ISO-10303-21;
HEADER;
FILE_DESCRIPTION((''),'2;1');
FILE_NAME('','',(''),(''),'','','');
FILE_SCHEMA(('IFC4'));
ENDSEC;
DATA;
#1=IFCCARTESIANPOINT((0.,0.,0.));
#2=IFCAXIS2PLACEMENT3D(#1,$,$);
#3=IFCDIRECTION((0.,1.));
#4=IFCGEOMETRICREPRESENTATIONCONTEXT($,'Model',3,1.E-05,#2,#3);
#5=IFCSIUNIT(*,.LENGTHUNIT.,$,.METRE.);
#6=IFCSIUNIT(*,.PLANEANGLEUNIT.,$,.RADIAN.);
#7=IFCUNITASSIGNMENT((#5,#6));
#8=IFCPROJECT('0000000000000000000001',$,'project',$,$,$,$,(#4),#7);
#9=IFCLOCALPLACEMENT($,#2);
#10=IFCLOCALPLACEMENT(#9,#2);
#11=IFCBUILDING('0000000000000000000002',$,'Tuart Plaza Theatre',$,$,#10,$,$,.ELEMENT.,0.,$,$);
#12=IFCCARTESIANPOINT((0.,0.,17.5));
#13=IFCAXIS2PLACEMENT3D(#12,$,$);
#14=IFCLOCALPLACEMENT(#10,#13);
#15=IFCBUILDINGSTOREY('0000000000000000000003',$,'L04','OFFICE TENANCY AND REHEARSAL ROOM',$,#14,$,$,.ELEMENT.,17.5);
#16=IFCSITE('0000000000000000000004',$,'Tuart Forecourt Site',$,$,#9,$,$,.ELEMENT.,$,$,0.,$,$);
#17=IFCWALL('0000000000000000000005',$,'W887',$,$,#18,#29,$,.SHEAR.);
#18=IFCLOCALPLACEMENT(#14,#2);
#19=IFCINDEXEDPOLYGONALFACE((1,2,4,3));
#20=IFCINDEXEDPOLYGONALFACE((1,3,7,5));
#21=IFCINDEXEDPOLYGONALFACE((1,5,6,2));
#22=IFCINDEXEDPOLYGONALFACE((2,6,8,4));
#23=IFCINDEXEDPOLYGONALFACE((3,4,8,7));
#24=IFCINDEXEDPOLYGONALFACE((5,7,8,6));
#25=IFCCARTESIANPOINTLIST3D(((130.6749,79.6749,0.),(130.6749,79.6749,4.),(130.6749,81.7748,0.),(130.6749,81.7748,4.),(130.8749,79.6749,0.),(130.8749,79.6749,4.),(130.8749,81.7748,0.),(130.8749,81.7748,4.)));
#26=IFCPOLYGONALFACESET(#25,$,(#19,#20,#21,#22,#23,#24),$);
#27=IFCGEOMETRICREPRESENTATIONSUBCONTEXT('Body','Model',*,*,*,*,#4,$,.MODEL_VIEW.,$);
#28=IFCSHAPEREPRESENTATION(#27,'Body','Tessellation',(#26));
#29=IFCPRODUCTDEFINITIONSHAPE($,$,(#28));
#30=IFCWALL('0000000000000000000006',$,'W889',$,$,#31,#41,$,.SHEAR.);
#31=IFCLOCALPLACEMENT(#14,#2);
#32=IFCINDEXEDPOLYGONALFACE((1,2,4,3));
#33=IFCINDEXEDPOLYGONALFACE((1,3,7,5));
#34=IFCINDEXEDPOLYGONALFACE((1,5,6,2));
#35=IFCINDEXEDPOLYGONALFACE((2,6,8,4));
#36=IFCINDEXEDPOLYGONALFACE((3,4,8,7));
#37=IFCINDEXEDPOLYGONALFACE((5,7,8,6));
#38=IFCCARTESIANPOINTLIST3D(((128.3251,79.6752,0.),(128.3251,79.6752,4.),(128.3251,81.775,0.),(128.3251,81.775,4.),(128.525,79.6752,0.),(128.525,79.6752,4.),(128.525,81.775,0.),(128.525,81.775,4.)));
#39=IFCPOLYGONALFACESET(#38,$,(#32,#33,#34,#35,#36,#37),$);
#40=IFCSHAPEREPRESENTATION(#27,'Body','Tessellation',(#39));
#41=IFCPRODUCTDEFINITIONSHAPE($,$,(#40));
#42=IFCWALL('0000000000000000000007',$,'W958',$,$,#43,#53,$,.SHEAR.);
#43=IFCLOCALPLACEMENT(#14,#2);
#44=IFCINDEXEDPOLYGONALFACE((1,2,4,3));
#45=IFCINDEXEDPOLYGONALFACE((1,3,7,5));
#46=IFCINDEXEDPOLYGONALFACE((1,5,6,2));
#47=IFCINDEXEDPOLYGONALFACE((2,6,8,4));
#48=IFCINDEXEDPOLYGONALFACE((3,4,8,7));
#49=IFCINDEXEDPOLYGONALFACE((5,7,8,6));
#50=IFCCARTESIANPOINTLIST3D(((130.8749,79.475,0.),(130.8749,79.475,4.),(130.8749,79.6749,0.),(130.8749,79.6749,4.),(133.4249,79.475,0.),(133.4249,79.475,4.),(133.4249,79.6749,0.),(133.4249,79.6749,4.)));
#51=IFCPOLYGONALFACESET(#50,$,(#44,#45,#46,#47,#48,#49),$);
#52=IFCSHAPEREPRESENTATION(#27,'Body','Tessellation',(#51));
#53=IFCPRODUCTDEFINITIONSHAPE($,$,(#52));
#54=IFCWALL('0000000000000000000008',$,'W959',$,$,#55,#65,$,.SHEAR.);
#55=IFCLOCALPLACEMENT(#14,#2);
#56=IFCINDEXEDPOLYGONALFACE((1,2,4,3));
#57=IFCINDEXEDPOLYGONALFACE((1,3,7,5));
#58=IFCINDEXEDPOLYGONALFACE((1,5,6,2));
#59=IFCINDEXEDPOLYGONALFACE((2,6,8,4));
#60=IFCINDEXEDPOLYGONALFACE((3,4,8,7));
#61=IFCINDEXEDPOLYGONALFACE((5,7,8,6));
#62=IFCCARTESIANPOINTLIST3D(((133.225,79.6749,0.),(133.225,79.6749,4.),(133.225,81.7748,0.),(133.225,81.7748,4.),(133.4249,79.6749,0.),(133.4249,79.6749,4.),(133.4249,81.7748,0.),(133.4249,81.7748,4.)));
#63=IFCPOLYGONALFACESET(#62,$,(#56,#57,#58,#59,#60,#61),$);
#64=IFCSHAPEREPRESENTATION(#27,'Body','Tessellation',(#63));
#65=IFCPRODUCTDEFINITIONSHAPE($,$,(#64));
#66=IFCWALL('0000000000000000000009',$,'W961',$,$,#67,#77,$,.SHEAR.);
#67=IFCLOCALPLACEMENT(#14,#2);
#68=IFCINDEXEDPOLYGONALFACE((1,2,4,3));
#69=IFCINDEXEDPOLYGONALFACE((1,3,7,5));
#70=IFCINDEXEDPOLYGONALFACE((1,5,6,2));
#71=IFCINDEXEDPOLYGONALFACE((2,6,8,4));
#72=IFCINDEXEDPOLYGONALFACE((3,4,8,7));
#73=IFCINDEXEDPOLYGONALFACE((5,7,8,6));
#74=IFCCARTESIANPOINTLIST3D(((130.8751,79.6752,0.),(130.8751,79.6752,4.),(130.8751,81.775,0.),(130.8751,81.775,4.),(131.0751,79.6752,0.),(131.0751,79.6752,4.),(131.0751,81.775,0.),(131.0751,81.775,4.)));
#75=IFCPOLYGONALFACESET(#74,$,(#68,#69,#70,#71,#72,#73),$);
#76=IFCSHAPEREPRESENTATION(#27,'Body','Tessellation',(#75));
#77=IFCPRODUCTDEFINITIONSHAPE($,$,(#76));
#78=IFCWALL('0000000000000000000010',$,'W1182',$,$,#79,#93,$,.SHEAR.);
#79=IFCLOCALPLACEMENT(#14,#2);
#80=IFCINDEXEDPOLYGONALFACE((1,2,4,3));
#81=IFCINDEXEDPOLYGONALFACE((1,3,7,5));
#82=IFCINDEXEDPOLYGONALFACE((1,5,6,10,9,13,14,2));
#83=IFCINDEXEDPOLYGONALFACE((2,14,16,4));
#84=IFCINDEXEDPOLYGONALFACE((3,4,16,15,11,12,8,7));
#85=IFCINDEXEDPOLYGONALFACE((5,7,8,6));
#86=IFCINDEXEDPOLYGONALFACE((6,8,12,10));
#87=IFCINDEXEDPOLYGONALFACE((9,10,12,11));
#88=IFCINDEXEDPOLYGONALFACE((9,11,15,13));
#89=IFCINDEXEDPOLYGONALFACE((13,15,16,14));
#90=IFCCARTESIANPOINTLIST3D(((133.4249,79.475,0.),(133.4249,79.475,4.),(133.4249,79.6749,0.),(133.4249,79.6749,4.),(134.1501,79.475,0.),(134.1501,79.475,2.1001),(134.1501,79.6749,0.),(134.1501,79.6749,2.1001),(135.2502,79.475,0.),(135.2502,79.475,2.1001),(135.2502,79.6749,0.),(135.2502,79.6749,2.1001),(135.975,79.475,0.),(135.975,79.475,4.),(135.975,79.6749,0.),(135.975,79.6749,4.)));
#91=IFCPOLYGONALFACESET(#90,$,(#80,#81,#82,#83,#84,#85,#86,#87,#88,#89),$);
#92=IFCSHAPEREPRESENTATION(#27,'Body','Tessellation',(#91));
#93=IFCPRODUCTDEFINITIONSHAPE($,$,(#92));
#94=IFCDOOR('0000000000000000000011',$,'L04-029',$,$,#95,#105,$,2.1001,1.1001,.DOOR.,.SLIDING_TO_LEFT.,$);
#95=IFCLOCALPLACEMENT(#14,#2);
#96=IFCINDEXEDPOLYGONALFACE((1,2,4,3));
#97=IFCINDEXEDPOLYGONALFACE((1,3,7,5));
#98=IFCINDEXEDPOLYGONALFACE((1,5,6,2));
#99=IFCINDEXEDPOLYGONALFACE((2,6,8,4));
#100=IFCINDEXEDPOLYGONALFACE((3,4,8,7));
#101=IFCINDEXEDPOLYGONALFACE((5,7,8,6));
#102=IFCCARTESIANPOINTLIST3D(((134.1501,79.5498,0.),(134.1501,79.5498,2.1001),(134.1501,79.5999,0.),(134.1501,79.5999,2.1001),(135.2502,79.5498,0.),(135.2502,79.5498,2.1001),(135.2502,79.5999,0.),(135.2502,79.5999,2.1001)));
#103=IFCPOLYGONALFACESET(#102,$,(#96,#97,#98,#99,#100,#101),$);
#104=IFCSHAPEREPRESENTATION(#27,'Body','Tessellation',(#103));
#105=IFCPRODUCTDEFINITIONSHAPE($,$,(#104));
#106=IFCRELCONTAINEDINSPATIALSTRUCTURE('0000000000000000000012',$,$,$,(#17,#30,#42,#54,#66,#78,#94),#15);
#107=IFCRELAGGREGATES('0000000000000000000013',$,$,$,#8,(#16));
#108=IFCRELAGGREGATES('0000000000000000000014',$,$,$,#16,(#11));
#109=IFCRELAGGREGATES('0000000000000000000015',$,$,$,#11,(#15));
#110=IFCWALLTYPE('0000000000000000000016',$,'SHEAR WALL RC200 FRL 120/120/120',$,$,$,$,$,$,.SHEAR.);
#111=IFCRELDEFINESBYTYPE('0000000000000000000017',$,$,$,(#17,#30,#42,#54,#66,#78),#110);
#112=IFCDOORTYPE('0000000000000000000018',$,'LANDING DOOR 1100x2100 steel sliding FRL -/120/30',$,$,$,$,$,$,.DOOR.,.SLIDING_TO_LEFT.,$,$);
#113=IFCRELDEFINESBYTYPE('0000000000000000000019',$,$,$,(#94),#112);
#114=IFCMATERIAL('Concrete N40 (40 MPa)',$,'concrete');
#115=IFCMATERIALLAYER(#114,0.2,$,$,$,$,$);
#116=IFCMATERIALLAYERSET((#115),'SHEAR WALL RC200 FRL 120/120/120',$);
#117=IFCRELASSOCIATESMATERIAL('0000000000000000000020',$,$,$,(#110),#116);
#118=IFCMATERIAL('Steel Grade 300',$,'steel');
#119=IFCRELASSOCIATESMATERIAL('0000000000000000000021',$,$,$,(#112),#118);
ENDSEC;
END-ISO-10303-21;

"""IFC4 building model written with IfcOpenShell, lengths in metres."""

from ifc_helpers import new_model, si_unit, direction, frame, frame_2d, origin, place, context, subcontext, project, spatial, rectangle, extrude, material, layer, layer_set, type_object, element, fill, save


model = new_model("IFC4")

# Units and contexts
model_context = context("Model", 3, precision=1e-05, world=origin(), true_north=direction((0.0, 1.0)))
body_context = subcontext(model_context, "Body", "Model", "MODEL_VIEW")
ifc_project = project(units=[si_unit("LENGTHUNIT", "METRE"), si_unit("PLANEANGLEUNIT", "RADIAN")], contexts=[model_context])

# Site, building, storey
site_placement = place(None, origin())
site = spatial("IfcSite", under=ifc_project, at=site_placement, Name="Tuart Forecourt Site", CompositionType="ELEMENT", RefElevation=0.0)
building_placement = place(site_placement, origin())
building = spatial("IfcBuilding", under=site, at=building_placement, Name="Tuart Plaza Theatre", CompositionType="ELEMENT", ElevationOfRefHeight=0.0)
storey_placement = place(building_placement, frame((0.0, 0.0, 17.5)))
storey = spatial("IfcBuildingStorey", under=building, at=storey_placement, Name="L04", Description="OFFICE TENANCY AND REHEARSAL ROOM", CompositionType="ELEMENT", Elevation=17.5)

# Walls
ifc_material_1 = material(Name="Concrete N40 (40 MPa)", Category="concrete")
ifc_layer_1 = layer(ifc_material_1, 0.2)
ifc_layer_set_1 = layer_set([ifc_layer_1], Name="SHEAR WALL RC200 FRL 120/120/120")
wall_type_1 = type_object("IfcWallType", Name="SHEAR WALL RC200 FRL 120/120/120", PredefinedType="SHEAR", material=ifc_layer_set_1)
for number, where, z_axis, x_axis, name in (
    (1, (130.7749, 79.675, 0.0), (0.0, 0.0, 1.0), (0.0, 1.0, 0.0), "W887"),
    (2, (128.425, 81.7749, 0.0), (0.0, 0.0, 1.0), (0.0, -1.0, 0.0), "W889"),
):
    element("IfcWall", number, at=place(storey_placement, frame(where, z_axis=z_axis, x_axis=x_axis)), inside=storey, type_object=wall_type_1, Name=name, PredefinedType="SHEAR", context=body_context, shape_type="SweptSolid", body=[
        extrude(rectangle(XDim=2.0999, YDim=0.2, at=frame_2d((1.0498, 0.0))), origin(), (0.0, 0.0, 1.0), 4.0),
    ])
wall_1_placement = place(storey_placement, frame((130.875, 79.575, 0.0), z_axis=(0.0, 0.0, 1.0), x_axis=(1.0, 0.0, 0.0)))
element("IfcWall", 3, at=wall_1_placement, inside=storey, type_object=wall_type_1, Name="W958", PredefinedType="SHEAR", context=body_context, shape_type="SweptSolid", body=[
    extrude(rectangle(XDim=2.55, YDim=0.2, at=frame_2d((1.2749, 0.0))), origin(), (0.0, 0.0, 1.0), 4.0),
])
for number, where, z_axis, x_axis, name in (
    (4, (133.325, 79.675, 0.0), (0.0, 0.0, 1.0), (0.0, 1.0, 0.0), "W959"),
    (5, (130.9751, 81.7749, 0.0), (0.0, 0.0, 1.0), (0.0, -1.0, 0.0), "W961"),
):
    element("IfcWall", number, at=place(storey_placement, frame(where, z_axis=z_axis, x_axis=x_axis)), inside=storey, type_object=wall_type_1, Name=name, PredefinedType="SHEAR", context=body_context, shape_type="SweptSolid", body=[
        extrude(rectangle(XDim=2.0999, YDim=0.2, at=frame_2d((1.0498, 0.0))), origin(), (0.0, 0.0, 1.0), 4.0),
    ])

# Wall, opening, door
wall_2_placement = place(storey_placement, frame((133.425, 79.575, 0.0), z_axis=(0.0, 0.0, 1.0), x_axis=(1.0, 0.0, 0.0)))
wall_2 = element("IfcWall", 6, at=wall_2_placement, inside=storey, type_object=wall_type_1, Name="W1182", PredefinedType="SHEAR", context=body_context, shape_type="SweptSolid", body=[
    extrude(rectangle(XDim=2.55, YDim=0.2, at=frame_2d((1.2749, 0.0))), origin(), (0.0, 0.0, 1.0), 4.0),
])
opening_1_placement = place(wall_2_placement, frame((0.7251, 0.0, 0.0)))
opening_1 = element("IfcOpeningElement", 7, at=opening_1_placement, cuts=wall_2, PredefinedType="OPENING", context=body_context, shape_type="SweptSolid", body=[
    extrude(rectangle(XDim=1.1001, YDim=2.1001, at=frame_2d((0.55, 1.05))), frame((0.0, 0.1099, 0.0), z_axis=(0.0, -1.0, 0.0), x_axis=(1.0, 0.0, 0.0)), (0.0, 0.0, 1.0), 0.22),
])
ifc_material_2 = material(Name="Steel Grade 300", Category="steel")
door_type_1 = type_object("IfcDoorType", Name="LANDING DOOR 1100x2100 steel sliding FRL -/120/30", OperationType="SLIDING_TO_LEFT", PredefinedType="DOOR", material=ifc_material_2)
door_1_placement = place(opening_1_placement, origin())
door_1 = element("IfcDoor", 8, at=door_1_placement, inside=storey, type_object=door_type_1, Name="L04-029", OperationType="SLIDING_TO_LEFT", OverallHeight=2.1001, OverallWidth=1.1001, PredefinedType="DOOR", context=body_context, shape_type="SweptSolid", body=[
    extrude(rectangle(XDim=1.1001, YDim=2.1001, at=frame_2d((0.55, 1.05))), frame((0.0, 0.0249, 0.0), z_axis=(0.0, -1.0, 0.0), x_axis=(1.0, 0.0, 0.0)), (0.0, 0.0, 1.0), 0.05),
])
fill(opening_1, door_1)

save(model, "model.ifc")
